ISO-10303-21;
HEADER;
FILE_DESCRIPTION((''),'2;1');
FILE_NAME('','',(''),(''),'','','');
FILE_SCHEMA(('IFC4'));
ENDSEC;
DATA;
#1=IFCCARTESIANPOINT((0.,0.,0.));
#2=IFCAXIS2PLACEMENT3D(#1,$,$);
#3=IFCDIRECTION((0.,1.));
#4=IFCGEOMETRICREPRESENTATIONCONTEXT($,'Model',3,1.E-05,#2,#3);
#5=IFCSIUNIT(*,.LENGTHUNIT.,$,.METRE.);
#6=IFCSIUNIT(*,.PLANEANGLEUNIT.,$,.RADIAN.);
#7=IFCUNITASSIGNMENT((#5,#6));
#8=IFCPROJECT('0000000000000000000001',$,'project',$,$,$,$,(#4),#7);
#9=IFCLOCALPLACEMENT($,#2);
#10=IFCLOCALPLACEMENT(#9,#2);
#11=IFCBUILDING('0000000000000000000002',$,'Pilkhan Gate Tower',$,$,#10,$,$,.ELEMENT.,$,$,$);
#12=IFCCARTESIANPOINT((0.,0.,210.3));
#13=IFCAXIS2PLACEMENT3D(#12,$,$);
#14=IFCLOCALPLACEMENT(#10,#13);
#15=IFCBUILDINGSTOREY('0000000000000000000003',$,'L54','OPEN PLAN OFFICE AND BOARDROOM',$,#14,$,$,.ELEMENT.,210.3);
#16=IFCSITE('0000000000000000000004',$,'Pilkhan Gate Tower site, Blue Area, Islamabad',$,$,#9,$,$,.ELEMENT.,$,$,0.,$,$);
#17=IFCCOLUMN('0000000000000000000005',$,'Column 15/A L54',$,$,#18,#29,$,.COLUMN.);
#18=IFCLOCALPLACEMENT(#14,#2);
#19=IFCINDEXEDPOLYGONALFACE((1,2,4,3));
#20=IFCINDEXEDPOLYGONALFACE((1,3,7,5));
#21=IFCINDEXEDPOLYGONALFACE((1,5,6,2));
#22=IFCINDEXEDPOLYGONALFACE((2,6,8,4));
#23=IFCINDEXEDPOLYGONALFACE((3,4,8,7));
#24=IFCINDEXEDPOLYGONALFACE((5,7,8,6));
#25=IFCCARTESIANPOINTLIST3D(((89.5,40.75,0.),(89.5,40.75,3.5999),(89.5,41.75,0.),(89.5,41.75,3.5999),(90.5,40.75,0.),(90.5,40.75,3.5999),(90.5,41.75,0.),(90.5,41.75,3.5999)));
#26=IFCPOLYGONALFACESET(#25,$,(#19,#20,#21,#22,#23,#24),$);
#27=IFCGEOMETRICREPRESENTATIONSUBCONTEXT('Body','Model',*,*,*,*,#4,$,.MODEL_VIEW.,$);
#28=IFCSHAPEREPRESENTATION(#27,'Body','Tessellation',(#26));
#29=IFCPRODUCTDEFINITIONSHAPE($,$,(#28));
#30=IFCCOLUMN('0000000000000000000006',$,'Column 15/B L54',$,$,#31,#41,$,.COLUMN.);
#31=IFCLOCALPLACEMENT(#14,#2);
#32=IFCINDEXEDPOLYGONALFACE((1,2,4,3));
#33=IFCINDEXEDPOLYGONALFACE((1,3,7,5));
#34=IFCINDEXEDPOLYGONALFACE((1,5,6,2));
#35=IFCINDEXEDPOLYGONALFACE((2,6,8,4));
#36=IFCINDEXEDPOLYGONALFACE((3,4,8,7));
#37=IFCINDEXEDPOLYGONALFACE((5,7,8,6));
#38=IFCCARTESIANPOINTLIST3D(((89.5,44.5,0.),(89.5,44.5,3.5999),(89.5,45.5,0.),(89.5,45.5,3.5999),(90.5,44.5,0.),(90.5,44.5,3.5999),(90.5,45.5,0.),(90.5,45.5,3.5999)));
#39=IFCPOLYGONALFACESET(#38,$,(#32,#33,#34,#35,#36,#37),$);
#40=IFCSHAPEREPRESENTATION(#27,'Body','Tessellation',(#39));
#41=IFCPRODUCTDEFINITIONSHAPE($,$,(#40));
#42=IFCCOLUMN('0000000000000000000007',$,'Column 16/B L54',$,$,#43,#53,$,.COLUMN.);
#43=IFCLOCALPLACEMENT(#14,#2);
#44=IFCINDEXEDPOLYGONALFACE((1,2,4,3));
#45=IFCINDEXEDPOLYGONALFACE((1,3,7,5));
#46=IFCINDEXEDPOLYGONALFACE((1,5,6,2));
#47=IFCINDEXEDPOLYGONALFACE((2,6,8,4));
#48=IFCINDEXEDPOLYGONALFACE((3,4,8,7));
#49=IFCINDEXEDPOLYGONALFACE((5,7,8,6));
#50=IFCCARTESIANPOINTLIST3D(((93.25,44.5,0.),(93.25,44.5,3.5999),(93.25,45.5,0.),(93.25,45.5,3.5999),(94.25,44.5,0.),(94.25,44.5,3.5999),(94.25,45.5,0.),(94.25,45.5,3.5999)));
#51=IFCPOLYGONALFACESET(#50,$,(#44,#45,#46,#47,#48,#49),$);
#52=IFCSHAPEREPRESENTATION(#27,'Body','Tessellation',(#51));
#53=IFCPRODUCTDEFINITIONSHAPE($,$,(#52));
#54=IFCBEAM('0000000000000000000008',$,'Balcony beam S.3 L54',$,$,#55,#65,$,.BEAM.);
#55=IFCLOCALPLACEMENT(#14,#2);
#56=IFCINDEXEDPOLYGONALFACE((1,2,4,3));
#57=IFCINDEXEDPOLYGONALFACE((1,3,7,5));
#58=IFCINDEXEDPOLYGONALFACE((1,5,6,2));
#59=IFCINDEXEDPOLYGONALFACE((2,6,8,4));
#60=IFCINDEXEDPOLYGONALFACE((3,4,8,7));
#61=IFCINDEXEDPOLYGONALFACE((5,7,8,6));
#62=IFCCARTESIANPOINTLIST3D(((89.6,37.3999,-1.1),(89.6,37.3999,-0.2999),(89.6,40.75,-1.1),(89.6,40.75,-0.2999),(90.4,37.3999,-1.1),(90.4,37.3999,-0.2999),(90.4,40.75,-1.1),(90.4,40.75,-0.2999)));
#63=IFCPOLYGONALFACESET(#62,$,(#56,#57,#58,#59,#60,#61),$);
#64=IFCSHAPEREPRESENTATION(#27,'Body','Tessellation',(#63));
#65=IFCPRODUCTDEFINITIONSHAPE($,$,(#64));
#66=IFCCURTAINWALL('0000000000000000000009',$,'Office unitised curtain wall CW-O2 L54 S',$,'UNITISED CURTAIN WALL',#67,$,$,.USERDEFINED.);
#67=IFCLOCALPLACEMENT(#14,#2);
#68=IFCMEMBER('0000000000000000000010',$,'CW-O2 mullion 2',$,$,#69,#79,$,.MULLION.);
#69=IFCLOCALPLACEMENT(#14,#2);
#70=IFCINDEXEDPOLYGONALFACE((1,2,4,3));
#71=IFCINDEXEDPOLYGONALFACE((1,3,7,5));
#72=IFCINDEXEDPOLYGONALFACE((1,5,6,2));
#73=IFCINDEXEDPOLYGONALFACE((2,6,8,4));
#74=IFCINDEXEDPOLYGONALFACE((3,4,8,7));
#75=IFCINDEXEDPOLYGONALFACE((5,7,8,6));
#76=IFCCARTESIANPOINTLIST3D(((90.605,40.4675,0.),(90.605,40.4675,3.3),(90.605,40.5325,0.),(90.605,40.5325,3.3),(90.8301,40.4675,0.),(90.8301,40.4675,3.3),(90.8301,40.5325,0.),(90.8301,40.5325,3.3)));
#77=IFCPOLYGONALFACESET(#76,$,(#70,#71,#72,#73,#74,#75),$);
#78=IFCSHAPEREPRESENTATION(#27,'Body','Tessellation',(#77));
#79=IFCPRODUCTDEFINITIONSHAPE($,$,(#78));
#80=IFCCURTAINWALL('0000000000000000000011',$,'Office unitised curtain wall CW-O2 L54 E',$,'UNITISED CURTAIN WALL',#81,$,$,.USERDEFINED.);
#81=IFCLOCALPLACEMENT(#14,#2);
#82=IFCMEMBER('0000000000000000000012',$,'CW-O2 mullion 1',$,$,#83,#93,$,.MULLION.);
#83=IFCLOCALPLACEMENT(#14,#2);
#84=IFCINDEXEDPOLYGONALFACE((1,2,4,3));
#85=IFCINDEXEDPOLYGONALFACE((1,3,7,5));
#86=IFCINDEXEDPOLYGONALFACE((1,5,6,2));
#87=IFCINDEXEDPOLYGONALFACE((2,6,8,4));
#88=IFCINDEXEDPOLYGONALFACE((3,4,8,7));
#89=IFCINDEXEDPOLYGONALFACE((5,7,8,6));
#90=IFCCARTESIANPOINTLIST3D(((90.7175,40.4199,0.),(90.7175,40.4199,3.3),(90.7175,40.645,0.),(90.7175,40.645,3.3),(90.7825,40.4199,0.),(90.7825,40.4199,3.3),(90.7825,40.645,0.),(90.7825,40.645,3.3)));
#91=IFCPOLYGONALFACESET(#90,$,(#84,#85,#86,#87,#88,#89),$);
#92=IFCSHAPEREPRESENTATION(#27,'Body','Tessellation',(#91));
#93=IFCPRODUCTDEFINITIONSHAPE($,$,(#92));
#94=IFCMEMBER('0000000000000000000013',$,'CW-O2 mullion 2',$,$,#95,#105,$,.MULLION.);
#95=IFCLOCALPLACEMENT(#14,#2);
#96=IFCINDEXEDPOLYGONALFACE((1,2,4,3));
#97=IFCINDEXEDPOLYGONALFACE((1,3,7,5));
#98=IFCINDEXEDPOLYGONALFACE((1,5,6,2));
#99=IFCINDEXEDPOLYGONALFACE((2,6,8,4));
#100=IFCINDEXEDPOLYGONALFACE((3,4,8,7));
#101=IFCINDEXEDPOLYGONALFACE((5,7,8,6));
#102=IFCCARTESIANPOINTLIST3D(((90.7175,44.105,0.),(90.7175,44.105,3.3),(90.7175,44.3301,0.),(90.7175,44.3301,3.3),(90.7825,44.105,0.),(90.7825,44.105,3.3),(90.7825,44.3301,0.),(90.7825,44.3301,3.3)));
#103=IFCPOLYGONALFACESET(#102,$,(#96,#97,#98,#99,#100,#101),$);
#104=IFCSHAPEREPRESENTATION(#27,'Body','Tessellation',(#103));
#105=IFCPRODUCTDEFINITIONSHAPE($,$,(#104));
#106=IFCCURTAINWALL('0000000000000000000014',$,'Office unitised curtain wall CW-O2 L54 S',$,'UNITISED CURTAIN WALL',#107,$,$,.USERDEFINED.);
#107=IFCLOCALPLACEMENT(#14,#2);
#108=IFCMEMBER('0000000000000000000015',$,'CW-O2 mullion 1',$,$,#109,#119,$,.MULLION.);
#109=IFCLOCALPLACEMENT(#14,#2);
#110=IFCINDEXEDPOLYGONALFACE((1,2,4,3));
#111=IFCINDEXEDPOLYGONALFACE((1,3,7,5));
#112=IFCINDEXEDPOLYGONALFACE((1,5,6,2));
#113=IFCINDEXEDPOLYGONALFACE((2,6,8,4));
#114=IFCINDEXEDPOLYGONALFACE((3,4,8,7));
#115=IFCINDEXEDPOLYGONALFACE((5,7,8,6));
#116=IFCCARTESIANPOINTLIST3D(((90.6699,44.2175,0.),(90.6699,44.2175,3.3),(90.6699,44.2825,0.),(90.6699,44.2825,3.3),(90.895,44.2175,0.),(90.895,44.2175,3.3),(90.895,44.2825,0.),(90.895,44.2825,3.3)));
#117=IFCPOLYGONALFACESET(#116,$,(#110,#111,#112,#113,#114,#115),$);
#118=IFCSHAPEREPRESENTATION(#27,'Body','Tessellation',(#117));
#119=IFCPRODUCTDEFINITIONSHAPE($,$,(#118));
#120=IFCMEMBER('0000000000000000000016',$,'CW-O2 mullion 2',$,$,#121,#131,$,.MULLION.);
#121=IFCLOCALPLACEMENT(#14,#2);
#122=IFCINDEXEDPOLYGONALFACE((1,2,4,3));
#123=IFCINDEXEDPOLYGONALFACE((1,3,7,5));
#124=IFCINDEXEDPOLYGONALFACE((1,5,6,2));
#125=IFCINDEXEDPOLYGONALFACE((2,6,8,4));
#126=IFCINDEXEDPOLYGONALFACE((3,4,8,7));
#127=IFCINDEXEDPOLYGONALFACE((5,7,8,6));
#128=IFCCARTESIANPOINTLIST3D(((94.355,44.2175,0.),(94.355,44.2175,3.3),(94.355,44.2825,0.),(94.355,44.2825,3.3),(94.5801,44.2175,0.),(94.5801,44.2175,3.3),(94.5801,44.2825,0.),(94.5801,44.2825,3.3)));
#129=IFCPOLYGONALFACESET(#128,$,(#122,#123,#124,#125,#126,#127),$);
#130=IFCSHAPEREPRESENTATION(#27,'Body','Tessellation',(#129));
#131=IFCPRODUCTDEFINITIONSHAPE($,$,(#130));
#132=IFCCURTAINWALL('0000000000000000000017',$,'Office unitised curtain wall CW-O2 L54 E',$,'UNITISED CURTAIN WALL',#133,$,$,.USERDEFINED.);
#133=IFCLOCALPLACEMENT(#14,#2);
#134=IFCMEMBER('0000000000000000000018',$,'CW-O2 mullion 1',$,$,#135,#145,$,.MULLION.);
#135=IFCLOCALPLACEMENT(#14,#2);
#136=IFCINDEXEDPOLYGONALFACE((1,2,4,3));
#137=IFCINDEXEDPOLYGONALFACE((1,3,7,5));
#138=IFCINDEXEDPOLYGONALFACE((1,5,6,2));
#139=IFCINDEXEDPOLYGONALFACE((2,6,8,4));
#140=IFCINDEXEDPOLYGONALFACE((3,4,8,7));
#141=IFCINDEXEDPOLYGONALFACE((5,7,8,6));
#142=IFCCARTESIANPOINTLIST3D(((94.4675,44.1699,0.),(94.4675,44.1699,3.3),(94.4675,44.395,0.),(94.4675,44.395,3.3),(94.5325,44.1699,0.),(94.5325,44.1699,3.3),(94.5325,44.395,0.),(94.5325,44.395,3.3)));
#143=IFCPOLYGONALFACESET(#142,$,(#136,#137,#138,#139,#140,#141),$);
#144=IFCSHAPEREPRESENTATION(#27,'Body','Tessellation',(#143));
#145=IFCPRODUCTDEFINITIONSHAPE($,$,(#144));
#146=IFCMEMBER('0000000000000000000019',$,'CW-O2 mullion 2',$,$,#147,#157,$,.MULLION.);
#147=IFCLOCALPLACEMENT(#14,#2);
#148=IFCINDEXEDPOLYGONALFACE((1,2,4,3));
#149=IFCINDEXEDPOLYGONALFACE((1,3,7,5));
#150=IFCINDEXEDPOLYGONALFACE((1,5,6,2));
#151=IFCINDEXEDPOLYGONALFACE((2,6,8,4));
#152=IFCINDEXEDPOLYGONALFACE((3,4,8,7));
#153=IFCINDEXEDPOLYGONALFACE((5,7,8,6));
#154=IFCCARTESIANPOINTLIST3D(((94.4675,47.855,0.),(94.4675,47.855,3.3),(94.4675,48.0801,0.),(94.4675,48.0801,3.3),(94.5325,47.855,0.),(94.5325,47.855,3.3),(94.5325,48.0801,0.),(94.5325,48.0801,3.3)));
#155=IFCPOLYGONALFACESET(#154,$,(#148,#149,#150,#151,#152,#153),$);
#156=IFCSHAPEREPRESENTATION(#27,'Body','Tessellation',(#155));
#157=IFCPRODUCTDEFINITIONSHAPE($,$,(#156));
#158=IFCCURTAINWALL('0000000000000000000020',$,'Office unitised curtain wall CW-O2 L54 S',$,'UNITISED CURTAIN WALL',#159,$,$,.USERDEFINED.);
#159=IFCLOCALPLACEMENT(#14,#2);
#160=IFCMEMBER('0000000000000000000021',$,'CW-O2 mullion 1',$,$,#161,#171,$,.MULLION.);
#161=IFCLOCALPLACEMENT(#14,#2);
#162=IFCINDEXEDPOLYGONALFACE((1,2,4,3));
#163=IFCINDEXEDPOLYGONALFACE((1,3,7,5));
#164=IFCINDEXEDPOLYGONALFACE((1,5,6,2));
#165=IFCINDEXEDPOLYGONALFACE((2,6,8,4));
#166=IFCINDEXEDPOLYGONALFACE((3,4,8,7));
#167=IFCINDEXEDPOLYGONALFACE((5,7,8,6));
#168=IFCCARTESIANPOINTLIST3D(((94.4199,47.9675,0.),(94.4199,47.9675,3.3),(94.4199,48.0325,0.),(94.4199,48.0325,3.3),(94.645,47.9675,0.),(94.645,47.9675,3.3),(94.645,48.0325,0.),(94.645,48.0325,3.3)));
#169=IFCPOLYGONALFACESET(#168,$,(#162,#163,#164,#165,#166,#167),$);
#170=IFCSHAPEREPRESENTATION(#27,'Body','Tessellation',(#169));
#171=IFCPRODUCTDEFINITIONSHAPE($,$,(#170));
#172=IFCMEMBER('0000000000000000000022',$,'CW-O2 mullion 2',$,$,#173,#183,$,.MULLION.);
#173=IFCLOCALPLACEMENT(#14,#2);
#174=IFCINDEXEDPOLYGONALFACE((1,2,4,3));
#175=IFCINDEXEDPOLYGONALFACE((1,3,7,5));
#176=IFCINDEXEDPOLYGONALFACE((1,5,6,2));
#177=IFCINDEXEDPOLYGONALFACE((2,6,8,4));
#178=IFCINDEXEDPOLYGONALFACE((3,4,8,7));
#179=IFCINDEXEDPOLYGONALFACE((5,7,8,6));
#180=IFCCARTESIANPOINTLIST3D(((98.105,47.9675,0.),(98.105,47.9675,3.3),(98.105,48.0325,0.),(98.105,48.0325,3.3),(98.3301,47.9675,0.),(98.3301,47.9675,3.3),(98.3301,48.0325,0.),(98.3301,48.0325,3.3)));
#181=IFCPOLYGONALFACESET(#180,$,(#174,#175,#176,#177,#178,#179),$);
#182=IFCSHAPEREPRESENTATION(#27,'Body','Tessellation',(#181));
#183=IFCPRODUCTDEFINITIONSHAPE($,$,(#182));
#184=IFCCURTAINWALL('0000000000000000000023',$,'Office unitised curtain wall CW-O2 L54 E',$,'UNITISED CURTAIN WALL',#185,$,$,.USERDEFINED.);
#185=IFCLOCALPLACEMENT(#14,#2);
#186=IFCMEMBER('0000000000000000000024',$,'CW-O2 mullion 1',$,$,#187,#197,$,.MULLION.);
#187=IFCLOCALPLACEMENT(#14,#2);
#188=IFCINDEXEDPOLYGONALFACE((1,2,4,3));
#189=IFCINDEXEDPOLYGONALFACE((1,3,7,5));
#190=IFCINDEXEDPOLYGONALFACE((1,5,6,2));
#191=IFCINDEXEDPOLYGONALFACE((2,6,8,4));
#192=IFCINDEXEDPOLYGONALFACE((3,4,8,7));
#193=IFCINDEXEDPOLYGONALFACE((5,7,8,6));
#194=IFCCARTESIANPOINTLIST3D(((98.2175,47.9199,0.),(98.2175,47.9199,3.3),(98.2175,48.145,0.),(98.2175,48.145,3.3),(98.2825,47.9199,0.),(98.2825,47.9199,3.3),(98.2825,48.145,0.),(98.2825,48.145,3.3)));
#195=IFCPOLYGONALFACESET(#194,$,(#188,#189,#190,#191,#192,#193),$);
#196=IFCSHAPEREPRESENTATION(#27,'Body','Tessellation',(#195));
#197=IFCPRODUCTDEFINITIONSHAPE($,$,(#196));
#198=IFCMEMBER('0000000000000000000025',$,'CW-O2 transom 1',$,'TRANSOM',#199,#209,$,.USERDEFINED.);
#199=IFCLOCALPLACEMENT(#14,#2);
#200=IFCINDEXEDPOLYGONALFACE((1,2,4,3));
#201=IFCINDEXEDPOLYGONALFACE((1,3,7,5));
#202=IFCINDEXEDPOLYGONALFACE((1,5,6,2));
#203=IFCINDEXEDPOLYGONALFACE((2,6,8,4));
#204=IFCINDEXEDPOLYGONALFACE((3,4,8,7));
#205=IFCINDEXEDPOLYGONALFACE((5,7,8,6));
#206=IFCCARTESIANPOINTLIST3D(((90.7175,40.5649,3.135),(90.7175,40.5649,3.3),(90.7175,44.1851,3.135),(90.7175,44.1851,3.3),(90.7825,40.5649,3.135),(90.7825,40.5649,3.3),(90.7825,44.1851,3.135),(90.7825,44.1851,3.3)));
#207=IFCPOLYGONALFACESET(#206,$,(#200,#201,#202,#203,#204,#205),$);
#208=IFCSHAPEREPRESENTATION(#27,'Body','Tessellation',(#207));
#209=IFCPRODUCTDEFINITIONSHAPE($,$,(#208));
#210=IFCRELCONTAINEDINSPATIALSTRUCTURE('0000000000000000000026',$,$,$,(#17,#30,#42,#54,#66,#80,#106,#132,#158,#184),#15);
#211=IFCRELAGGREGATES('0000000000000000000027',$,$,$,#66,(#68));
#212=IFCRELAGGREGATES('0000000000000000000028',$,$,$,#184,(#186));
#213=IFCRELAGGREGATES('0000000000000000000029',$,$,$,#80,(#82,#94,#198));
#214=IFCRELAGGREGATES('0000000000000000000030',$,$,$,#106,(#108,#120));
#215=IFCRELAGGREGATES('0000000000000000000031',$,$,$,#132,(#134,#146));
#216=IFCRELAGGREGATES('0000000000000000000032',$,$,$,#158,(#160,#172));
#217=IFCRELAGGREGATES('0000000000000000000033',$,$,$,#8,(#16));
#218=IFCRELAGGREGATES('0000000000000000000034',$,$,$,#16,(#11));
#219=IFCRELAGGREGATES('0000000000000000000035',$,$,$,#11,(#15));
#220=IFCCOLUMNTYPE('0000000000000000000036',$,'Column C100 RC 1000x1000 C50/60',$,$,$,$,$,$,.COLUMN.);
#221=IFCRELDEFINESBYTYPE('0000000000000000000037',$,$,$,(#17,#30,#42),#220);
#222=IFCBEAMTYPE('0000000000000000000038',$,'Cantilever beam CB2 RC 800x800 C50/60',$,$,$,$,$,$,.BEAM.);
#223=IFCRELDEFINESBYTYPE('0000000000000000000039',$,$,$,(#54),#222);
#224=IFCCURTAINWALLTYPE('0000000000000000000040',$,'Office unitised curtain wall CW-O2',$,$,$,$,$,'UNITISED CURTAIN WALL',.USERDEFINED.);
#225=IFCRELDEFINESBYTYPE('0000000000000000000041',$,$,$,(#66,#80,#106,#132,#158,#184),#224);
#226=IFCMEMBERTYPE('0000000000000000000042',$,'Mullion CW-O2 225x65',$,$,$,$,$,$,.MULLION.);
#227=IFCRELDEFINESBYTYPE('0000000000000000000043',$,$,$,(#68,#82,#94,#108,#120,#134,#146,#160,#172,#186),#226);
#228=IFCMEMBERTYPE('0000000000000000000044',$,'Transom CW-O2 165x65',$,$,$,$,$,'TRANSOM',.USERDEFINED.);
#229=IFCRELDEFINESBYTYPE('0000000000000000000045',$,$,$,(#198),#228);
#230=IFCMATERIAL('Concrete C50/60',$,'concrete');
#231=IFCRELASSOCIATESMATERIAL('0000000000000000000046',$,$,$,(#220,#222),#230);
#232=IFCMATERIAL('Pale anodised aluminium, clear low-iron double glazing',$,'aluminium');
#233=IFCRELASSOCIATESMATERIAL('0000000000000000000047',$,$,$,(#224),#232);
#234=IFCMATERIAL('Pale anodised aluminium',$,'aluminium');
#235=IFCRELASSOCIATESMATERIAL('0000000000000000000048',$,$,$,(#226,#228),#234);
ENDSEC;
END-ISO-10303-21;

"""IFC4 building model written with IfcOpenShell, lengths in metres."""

from ifc_helpers import new_model, si_unit, direction, frame, origin, origin_2d, place, context, subcontext, project, spatial, rectangle, extrude, material, material_profile, profile_set, type_object, element, aggregate, save


model = new_model("IFC4")

# Units and contexts
model_context = context("Model", 3, precision=1e-05, world=origin(), true_north=direction((0.0, 1.0)))
body_context = subcontext(model_context, "Body", "Model", "MODEL_VIEW")
ifc_project = project(units=[si_unit("LENGTHUNIT", "METRE"), si_unit("PLANEANGLEUNIT", "RADIAN")], contexts=[model_context])

# Site, building, storey
site_placement = place(None, origin())
site = spatial("IfcSite", under=ifc_project, at=site_placement, Name="Pilkhan Gate Tower site, Blue Area, Islamabad", CompositionType="ELEMENT", RefElevation=0.0)
building_placement = place(site_placement, origin())
building = spatial("IfcBuilding", under=site, at=building_placement, Name="Pilkhan Gate Tower", CompositionType="ELEMENT")
storey_placement = place(building_placement, frame((0.0, 0.0, 210.3)))
storey = spatial("IfcBuildingStorey", under=building, at=storey_placement, Name="L54", Description="OPEN PLAN OFFICE AND BOARDROOM", CompositionType="ELEMENT", Elevation=210.3)

# Columns
ifc_material_1 = material(Name="Concrete C50/60", Category="concrete")
ifc_material_profile_1 = material_profile(ifc_material_1, rectangle(XDim=1.0, YDim=1.0, at=origin_2d()), Name="RC 1000x1000")
ifc_profile_set_1 = profile_set([ifc_material_profile_1], Name="Concrete C50/60")
column_type = type_object("IfcColumnType", Name="Column C100 RC 1000x1000 C50/60", PredefinedType="COLUMN", material=ifc_profile_set_1)
for number, where, z_axis, x_axis, name in (
    (1, (90.0, 41.25, 0.0), (0.0, 0.0, 1.0), (1.0, 0.0, 0.0), "Column 15/A L54"),
    (2, (90.0, 45.0, 0.0), (0.0, 0.0, 1.0), (1.0, 0.0, 0.0), "Column 15/B L54"),
    (3, (93.75, 45.0, 0.0), (0.0, 0.0, 1.0), (1.0, 0.0, 0.0), "Column 16/B L54"),
):
    element("IfcColumn", number, at=place(storey_placement, frame(where, z_axis=z_axis, x_axis=x_axis)), inside=storey, type_object=column_type, Name=name, PredefinedType="COLUMN", context=body_context, shape_type="SweptSolid", body=[
        extrude(rectangle(XDim=1.0, YDim=1.0, at=origin_2d()), origin(), (0.0, 0.0, 1.0), 3.5999),
    ])

# Beam
ifc_material_profile_2 = material_profile(ifc_material_1, rectangle(XDim=0.8, YDim=0.8, at=origin_2d()), Name="RC 800x800")
ifc_profile_set_2 = profile_set([ifc_material_profile_2], Name="Concrete C50/60")
beam_type = type_object("IfcBeamType", Name="Cantilever beam CB2 RC 800x800 C50/60", PredefinedType="BEAM", material=ifc_profile_set_2)
beam_placement = place(storey_placement, frame((90.0, 40.75, -0.7), z_axis=(0.0, -1.0, 0.0), x_axis=(1.0, 0.0, 0.0)))
element("IfcBeam", 4, at=beam_placement, inside=storey, type_object=beam_type, Name="Balcony beam S.3 L54", PredefinedType="BEAM", context=body_context, shape_type="SweptSolid", body=[
    extrude(rectangle(XDim=0.8, YDim=0.8, at=origin_2d()), origin(), (0.0, 0.0, 1.0), 3.3501),
])

# Curtain wall, member
ifc_material_2 = material(Name="Pale anodised aluminium, clear low-iron double glazing", Category="aluminium")
curtain_wall_type = type_object("IfcCurtainWallType", Name="Office unitised curtain wall CW-O2", ElementType="UNITISED CURTAIN WALL", PredefinedType="USERDEFINED", material=ifc_material_2)
curtain_wall_1_placement = place(storey_placement, origin())
curtain_wall_1 = element("IfcCurtainWall", 5, at=curtain_wall_1_placement, inside=storey, type_object=curtain_wall_type, Name="Office unitised curtain wall CW-O2 L54 S", ObjectType="UNITISED CURTAIN WALL", PredefinedType="USERDEFINED")
ifc_material_3 = material(Name="Pale anodised aluminium", Category="aluminium")
ifc_material_profile_3 = material_profile(ifc_material_3, rectangle(XDim=0.0649, YDim=0.2251, at=origin_2d()), Name="Mullion 225x65")
ifc_profile_set_3 = profile_set([ifc_material_profile_3], Name="Pale anodised aluminium")
member_type_1 = type_object("IfcMemberType", Name="Mullion CW-O2 225x65", PredefinedType="MULLION", material=ifc_profile_set_3)
member_1_placement = place(storey_placement, frame((90.7175, 40.5, 0.0), z_axis=(0.0, 0.0, 1.0), x_axis=(0.0, 1.0, 0.0)))
member_1 = element("IfcMember", 6, at=member_1_placement, type_object=member_type_1, Name="CW-O2 mullion 2", PredefinedType="MULLION", context=body_context, shape_type="SweptSolid", body=[
    extrude(rectangle(XDim=0.0649, YDim=0.2251, at=origin_2d()), origin(), (0.0, 0.0, 1.0), 3.3),
])
aggregate(curtain_wall_1, [member_1])

# Curtain walls, members
curtain_wall_2_placement = place(storey_placement, origin())
curtain_wall_2 = element("IfcCurtainWall", 7, at=curtain_wall_2_placement, inside=storey, type_object=curtain_wall_type, Name="Office unitised curtain wall CW-O2 L54 E", ObjectType="UNITISED CURTAIN WALL", PredefinedType="USERDEFINED")
member_2_placement = place(storey_placement, frame((90.75, 40.5325, 0.0), z_axis=(0.0, 0.0, 1.0), x_axis=(-1.0, 0.0, 0.0)))
member_2 = element("IfcMember", 8, at=member_2_placement, type_object=member_type_1, Name="CW-O2 mullion 1", PredefinedType="MULLION", context=body_context, shape_type="SweptSolid", body=[
    extrude(rectangle(XDim=0.0649, YDim=0.2251, at=origin_2d()), origin(), (0.0, 0.0, 1.0), 3.3),
])
member_3_placement = place(storey_placement, frame((90.75, 44.2175, 0.0), z_axis=(0.0, 0.0, 1.0), x_axis=(-1.0, 0.0, 0.0)))
member_3 = element("IfcMember", 9, at=member_3_placement, type_object=member_type_1, Name="CW-O2 mullion 2", PredefinedType="MULLION", context=body_context, shape_type="SweptSolid", body=[
    extrude(rectangle(XDim=0.0649, YDim=0.2251, at=origin_2d()), origin(), (0.0, 0.0, 1.0), 3.3),
])
curtain_wall_3_placement = place(storey_placement, origin())
curtain_wall_3 = element("IfcCurtainWall", 10, at=curtain_wall_3_placement, inside=storey, type_object=curtain_wall_type, Name="Office unitised curtain wall CW-O2 L54 S", ObjectType="UNITISED CURTAIN WALL", PredefinedType="USERDEFINED")
member_4_placement = place(storey_placement, frame((90.7825, 44.25, 0.0), z_axis=(0.0, 0.0, 1.0), x_axis=(0.0, 1.0, 0.0)))
member_4 = element("IfcMember", 11, at=member_4_placement, type_object=member_type_1, Name="CW-O2 mullion 1", PredefinedType="MULLION", context=body_context, shape_type="SweptSolid", body=[
    extrude(rectangle(XDim=0.0649, YDim=0.2251, at=origin_2d()), origin(), (0.0, 0.0, 1.0), 3.3),
])
member_5_placement = place(storey_placement, frame((94.4675, 44.25, 0.0), z_axis=(0.0, 0.0, 1.0), x_axis=(0.0, 1.0, 0.0)))
member_5 = element("IfcMember", 12, at=member_5_placement, type_object=member_type_1, Name="CW-O2 mullion 2", PredefinedType="MULLION", context=body_context, shape_type="SweptSolid", body=[
    extrude(rectangle(XDim=0.0649, YDim=0.2251, at=origin_2d()), origin(), (0.0, 0.0, 1.0), 3.3),
])
curtain_wall_4_placement = place(storey_placement, origin())
curtain_wall_4 = element("IfcCurtainWall", 13, at=curtain_wall_4_placement, inside=storey, type_object=curtain_wall_type, Name="Office unitised curtain wall CW-O2 L54 E", ObjectType="UNITISED CURTAIN WALL", PredefinedType="USERDEFINED")
member_6_placement = place(storey_placement, frame((94.5, 44.2825, 0.0), z_axis=(0.0, 0.0, 1.0), x_axis=(-1.0, 0.0, 0.0)))
member_6 = element("IfcMember", 14, at=member_6_placement, type_object=member_type_1, Name="CW-O2 mullion 1", PredefinedType="MULLION", context=body_context, shape_type="SweptSolid", body=[
    extrude(rectangle(XDim=0.0649, YDim=0.2251, at=origin_2d()), origin(), (0.0, 0.0, 1.0), 3.3),
])
member_7_placement = place(storey_placement, frame((94.5, 47.9675, 0.0), z_axis=(0.0, 0.0, 1.0), x_axis=(-1.0, 0.0, 0.0)))
member_7 = element("IfcMember", 15, at=member_7_placement, type_object=member_type_1, Name="CW-O2 mullion 2", PredefinedType="MULLION", context=body_context, shape_type="SweptSolid", body=[
    extrude(rectangle(XDim=0.0649, YDim=0.2251, at=origin_2d()), origin(), (0.0, 0.0, 1.0), 3.3),
])
curtain_wall_5_placement = place(storey_placement, origin())
curtain_wall_5 = element("IfcCurtainWall", 16, at=curtain_wall_5_placement, inside=storey, type_object=curtain_wall_type, Name="Office unitised curtain wall CW-O2 L54 S", ObjectType="UNITISED CURTAIN WALL", PredefinedType="USERDEFINED")
member_8_placement = place(storey_placement, frame((94.5325, 48.0, 0.0), z_axis=(0.0, 0.0, 1.0), x_axis=(0.0, 1.0, 0.0)))
member_8 = element("IfcMember", 17, at=member_8_placement, type_object=member_type_1, Name="CW-O2 mullion 1", PredefinedType="MULLION", context=body_context, shape_type="SweptSolid", body=[
    extrude(rectangle(XDim=0.0649, YDim=0.2251, at=origin_2d()), origin(), (0.0, 0.0, 1.0), 3.3),
])
member_9_placement = place(storey_placement, frame((98.2175, 48.0, 0.0), z_axis=(0.0, 0.0, 1.0), x_axis=(0.0, 1.0, 0.0)))
member_9 = element("IfcMember", 18, at=member_9_placement, type_object=member_type_1, Name="CW-O2 mullion 2", PredefinedType="MULLION", context=body_context, shape_type="SweptSolid", body=[
    extrude(rectangle(XDim=0.0649, YDim=0.2251, at=origin_2d()), origin(), (0.0, 0.0, 1.0), 3.3),
])

# Curtain wall, member
curtain_wall_6_placement = place(storey_placement, origin())
curtain_wall_6 = element("IfcCurtainWall", 19, at=curtain_wall_6_placement, inside=storey, type_object=curtain_wall_type, Name="Office unitised curtain wall CW-O2 L54 E", ObjectType="UNITISED CURTAIN WALL", PredefinedType="USERDEFINED")
member_10_placement = place(storey_placement, frame((98.25, 48.0325, 0.0), z_axis=(0.0, 0.0, 1.0), x_axis=(-1.0, 0.0, 0.0)))
member_10 = element("IfcMember", 20, at=member_10_placement, type_object=member_type_1, Name="CW-O2 mullion 1", PredefinedType="MULLION", context=body_context, shape_type="SweptSolid", body=[
    extrude(rectangle(XDim=0.0649, YDim=0.2251, at=origin_2d()), origin(), (0.0, 0.0, 1.0), 3.3),
])

# Member
ifc_material_profile_4 = material_profile(ifc_material_3, rectangle(XDim=0.0649, YDim=0.165, at=origin_2d()), Name="Transom 165x65")
ifc_profile_set_4 = profile_set([ifc_material_profile_4], Name="Pale anodised aluminium")
member_type_2 = type_object("IfcMemberType", Name="Transom CW-O2 165x65", ElementType="TRANSOM", PredefinedType="USERDEFINED", material=ifc_profile_set_4)
member_11_placement = place(storey_placement, frame((90.75, 40.5649, 3.2175), z_axis=(0.0, 1.0, 0.0), x_axis=(-1.0, 0.0, 0.0)))
member_11 = element("IfcMember", 21, at=member_11_placement, type_object=member_type_2, Name="CW-O2 transom 1", ObjectType="TRANSOM", PredefinedType="USERDEFINED", context=body_context, shape_type="SweptSolid", body=[
    extrude(rectangle(XDim=0.0649, YDim=0.165, at=origin_2d()), origin(), (0.0, 0.0, 1.0), 3.6201),
])
aggregate(curtain_wall_6, [member_10])

aggregate(curtain_wall_2, [member_2, member_3, member_11])
aggregate(curtain_wall_3, [member_4, member_5])
aggregate(curtain_wall_4, [member_6, member_7])
aggregate(curtain_wall_5, [member_8, member_9])

save(model, "model.ifc")
